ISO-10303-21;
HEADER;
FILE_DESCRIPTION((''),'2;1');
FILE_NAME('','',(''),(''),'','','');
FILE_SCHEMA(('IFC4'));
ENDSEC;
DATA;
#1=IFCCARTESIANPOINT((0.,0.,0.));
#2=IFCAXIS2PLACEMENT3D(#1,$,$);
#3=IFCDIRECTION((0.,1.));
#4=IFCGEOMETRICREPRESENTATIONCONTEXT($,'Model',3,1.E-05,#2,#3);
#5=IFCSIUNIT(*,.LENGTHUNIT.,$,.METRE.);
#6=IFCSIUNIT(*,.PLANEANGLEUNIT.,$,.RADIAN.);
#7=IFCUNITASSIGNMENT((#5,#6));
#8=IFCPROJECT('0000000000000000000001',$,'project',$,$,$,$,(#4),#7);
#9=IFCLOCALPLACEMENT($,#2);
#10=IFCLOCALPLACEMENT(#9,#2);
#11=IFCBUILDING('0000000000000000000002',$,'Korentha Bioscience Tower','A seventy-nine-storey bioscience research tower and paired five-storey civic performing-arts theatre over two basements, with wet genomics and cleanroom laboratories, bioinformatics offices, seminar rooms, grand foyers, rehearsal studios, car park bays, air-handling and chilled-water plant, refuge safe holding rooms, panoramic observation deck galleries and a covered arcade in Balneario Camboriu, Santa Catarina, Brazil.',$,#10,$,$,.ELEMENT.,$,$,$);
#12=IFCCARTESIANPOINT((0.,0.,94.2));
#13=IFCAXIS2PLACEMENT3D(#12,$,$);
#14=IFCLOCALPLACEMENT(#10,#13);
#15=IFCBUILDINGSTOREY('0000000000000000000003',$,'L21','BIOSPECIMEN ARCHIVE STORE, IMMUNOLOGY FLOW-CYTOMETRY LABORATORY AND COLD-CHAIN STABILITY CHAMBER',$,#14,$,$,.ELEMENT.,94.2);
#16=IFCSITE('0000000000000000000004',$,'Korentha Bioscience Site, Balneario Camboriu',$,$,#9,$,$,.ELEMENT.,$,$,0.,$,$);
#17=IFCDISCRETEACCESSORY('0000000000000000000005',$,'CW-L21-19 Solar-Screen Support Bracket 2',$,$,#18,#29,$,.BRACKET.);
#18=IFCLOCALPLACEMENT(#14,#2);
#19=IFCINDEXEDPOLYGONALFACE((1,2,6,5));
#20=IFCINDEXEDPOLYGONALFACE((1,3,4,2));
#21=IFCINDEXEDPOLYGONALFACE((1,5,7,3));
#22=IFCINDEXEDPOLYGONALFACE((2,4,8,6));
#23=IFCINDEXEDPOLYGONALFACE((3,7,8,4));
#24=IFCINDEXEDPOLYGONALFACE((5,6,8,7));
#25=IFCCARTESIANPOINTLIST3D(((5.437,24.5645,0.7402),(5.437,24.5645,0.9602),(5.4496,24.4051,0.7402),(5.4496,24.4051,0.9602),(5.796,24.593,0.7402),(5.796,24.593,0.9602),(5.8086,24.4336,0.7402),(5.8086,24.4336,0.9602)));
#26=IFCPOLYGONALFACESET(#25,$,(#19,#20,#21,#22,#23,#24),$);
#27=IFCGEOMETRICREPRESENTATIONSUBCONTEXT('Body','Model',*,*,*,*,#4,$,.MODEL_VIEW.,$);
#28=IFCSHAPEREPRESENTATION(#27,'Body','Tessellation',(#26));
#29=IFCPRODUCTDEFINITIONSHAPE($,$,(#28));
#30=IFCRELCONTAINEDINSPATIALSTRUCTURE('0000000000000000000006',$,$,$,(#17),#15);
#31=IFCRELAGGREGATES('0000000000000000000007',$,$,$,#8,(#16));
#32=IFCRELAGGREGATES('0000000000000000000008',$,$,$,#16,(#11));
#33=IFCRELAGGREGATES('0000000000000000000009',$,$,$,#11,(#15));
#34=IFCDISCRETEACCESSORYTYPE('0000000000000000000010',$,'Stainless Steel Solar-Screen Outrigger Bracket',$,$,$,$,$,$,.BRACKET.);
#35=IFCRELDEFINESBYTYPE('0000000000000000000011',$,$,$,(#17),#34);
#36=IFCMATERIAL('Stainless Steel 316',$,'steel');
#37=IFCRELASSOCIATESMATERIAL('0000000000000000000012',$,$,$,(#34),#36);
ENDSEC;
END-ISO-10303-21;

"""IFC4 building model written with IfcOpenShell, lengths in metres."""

from ifc_helpers import new_model, si_unit, direction, frame, origin, origin_2d, place, context, subcontext, project, spatial, rectangle, extrude, material, type_object, element, save


model = new_model("IFC4")

# Units and contexts
model_context = context("Model", 3, precision=1e-05, world=origin(), true_north=direction((0.0, 1.0)))
body_context = subcontext(model_context, "Body", "Model", "MODEL_VIEW")
ifc_project = project(units=[si_unit("LENGTHUNIT", "METRE"), si_unit("PLANEANGLEUNIT", "RADIAN")], contexts=[model_context])

# Site, building, storey
site_placement = place(None, origin())
site = spatial("IfcSite", under=ifc_project, at=site_placement, Name="Korentha Bioscience Site, Balneario Camboriu", CompositionType="ELEMENT", RefElevation=0.0)
building_placement = place(site_placement, origin())
building = spatial("IfcBuilding", under=site, at=building_placement, Name="Korentha Bioscience Tower", Description="A seventy-nine-storey bioscience research tower and paired five-storey civic performing-arts theatre over two basements, with wet genomics and cleanroom laboratories, bioinformatics offices, seminar rooms, grand foyers, rehearsal studios, car park bays, air-handling and chilled-water plant, refuge safe holding rooms, panoramic observation deck galleries and a covered arcade in Balneario Camboriu, Santa Catarina, Brazil.", CompositionType="ELEMENT")
storey_placement = place(building_placement, frame((0.0, 0.0, 94.2)))
storey = spatial("IfcBuildingStorey", under=building, at=storey_placement, Name="L21", Description="BIOSPECIMEN ARCHIVE STORE, IMMUNOLOGY FLOW-CYTOMETRY LABORATORY AND COLD-CHAIN STABILITY CHAMBER", CompositionType="ELEMENT", Elevation=94.2)

# Discrete accessory
ifc_material_1 = material(Name="Stainless Steel 316", Category="steel")
discrete_accessory_type = type_object("IfcDiscreteAccessoryType", Name="Stainless Steel Solar-Screen Outrigger Bracket", PredefinedType="BRACKET", material=ifc_material_1)
for number, where, z_axis, x_axis, name in (
    (1, (5.6228, 24.499, 0.7402), (0.0, 0.0, 1.0), (0.07913, -0.996864, 0.0), "CW-L21-19 Solar-Screen Support Bracket 2"),
):
    element("IfcDiscreteAccessory", number, at=place(storey_placement, frame(where, z_axis=z_axis, x_axis=x_axis)), inside=storey, type_object=discrete_accessory_type, Name=name, PredefinedType="BRACKET", context=body_context, shape_type="SweptSolid", body=[
        extrude(rectangle(XDim=0.1599, YDim=0.3601, at=origin_2d()), origin(), (0.0, 0.0, 1.0), 0.22),
    ])

save(model, "model.ifc")
